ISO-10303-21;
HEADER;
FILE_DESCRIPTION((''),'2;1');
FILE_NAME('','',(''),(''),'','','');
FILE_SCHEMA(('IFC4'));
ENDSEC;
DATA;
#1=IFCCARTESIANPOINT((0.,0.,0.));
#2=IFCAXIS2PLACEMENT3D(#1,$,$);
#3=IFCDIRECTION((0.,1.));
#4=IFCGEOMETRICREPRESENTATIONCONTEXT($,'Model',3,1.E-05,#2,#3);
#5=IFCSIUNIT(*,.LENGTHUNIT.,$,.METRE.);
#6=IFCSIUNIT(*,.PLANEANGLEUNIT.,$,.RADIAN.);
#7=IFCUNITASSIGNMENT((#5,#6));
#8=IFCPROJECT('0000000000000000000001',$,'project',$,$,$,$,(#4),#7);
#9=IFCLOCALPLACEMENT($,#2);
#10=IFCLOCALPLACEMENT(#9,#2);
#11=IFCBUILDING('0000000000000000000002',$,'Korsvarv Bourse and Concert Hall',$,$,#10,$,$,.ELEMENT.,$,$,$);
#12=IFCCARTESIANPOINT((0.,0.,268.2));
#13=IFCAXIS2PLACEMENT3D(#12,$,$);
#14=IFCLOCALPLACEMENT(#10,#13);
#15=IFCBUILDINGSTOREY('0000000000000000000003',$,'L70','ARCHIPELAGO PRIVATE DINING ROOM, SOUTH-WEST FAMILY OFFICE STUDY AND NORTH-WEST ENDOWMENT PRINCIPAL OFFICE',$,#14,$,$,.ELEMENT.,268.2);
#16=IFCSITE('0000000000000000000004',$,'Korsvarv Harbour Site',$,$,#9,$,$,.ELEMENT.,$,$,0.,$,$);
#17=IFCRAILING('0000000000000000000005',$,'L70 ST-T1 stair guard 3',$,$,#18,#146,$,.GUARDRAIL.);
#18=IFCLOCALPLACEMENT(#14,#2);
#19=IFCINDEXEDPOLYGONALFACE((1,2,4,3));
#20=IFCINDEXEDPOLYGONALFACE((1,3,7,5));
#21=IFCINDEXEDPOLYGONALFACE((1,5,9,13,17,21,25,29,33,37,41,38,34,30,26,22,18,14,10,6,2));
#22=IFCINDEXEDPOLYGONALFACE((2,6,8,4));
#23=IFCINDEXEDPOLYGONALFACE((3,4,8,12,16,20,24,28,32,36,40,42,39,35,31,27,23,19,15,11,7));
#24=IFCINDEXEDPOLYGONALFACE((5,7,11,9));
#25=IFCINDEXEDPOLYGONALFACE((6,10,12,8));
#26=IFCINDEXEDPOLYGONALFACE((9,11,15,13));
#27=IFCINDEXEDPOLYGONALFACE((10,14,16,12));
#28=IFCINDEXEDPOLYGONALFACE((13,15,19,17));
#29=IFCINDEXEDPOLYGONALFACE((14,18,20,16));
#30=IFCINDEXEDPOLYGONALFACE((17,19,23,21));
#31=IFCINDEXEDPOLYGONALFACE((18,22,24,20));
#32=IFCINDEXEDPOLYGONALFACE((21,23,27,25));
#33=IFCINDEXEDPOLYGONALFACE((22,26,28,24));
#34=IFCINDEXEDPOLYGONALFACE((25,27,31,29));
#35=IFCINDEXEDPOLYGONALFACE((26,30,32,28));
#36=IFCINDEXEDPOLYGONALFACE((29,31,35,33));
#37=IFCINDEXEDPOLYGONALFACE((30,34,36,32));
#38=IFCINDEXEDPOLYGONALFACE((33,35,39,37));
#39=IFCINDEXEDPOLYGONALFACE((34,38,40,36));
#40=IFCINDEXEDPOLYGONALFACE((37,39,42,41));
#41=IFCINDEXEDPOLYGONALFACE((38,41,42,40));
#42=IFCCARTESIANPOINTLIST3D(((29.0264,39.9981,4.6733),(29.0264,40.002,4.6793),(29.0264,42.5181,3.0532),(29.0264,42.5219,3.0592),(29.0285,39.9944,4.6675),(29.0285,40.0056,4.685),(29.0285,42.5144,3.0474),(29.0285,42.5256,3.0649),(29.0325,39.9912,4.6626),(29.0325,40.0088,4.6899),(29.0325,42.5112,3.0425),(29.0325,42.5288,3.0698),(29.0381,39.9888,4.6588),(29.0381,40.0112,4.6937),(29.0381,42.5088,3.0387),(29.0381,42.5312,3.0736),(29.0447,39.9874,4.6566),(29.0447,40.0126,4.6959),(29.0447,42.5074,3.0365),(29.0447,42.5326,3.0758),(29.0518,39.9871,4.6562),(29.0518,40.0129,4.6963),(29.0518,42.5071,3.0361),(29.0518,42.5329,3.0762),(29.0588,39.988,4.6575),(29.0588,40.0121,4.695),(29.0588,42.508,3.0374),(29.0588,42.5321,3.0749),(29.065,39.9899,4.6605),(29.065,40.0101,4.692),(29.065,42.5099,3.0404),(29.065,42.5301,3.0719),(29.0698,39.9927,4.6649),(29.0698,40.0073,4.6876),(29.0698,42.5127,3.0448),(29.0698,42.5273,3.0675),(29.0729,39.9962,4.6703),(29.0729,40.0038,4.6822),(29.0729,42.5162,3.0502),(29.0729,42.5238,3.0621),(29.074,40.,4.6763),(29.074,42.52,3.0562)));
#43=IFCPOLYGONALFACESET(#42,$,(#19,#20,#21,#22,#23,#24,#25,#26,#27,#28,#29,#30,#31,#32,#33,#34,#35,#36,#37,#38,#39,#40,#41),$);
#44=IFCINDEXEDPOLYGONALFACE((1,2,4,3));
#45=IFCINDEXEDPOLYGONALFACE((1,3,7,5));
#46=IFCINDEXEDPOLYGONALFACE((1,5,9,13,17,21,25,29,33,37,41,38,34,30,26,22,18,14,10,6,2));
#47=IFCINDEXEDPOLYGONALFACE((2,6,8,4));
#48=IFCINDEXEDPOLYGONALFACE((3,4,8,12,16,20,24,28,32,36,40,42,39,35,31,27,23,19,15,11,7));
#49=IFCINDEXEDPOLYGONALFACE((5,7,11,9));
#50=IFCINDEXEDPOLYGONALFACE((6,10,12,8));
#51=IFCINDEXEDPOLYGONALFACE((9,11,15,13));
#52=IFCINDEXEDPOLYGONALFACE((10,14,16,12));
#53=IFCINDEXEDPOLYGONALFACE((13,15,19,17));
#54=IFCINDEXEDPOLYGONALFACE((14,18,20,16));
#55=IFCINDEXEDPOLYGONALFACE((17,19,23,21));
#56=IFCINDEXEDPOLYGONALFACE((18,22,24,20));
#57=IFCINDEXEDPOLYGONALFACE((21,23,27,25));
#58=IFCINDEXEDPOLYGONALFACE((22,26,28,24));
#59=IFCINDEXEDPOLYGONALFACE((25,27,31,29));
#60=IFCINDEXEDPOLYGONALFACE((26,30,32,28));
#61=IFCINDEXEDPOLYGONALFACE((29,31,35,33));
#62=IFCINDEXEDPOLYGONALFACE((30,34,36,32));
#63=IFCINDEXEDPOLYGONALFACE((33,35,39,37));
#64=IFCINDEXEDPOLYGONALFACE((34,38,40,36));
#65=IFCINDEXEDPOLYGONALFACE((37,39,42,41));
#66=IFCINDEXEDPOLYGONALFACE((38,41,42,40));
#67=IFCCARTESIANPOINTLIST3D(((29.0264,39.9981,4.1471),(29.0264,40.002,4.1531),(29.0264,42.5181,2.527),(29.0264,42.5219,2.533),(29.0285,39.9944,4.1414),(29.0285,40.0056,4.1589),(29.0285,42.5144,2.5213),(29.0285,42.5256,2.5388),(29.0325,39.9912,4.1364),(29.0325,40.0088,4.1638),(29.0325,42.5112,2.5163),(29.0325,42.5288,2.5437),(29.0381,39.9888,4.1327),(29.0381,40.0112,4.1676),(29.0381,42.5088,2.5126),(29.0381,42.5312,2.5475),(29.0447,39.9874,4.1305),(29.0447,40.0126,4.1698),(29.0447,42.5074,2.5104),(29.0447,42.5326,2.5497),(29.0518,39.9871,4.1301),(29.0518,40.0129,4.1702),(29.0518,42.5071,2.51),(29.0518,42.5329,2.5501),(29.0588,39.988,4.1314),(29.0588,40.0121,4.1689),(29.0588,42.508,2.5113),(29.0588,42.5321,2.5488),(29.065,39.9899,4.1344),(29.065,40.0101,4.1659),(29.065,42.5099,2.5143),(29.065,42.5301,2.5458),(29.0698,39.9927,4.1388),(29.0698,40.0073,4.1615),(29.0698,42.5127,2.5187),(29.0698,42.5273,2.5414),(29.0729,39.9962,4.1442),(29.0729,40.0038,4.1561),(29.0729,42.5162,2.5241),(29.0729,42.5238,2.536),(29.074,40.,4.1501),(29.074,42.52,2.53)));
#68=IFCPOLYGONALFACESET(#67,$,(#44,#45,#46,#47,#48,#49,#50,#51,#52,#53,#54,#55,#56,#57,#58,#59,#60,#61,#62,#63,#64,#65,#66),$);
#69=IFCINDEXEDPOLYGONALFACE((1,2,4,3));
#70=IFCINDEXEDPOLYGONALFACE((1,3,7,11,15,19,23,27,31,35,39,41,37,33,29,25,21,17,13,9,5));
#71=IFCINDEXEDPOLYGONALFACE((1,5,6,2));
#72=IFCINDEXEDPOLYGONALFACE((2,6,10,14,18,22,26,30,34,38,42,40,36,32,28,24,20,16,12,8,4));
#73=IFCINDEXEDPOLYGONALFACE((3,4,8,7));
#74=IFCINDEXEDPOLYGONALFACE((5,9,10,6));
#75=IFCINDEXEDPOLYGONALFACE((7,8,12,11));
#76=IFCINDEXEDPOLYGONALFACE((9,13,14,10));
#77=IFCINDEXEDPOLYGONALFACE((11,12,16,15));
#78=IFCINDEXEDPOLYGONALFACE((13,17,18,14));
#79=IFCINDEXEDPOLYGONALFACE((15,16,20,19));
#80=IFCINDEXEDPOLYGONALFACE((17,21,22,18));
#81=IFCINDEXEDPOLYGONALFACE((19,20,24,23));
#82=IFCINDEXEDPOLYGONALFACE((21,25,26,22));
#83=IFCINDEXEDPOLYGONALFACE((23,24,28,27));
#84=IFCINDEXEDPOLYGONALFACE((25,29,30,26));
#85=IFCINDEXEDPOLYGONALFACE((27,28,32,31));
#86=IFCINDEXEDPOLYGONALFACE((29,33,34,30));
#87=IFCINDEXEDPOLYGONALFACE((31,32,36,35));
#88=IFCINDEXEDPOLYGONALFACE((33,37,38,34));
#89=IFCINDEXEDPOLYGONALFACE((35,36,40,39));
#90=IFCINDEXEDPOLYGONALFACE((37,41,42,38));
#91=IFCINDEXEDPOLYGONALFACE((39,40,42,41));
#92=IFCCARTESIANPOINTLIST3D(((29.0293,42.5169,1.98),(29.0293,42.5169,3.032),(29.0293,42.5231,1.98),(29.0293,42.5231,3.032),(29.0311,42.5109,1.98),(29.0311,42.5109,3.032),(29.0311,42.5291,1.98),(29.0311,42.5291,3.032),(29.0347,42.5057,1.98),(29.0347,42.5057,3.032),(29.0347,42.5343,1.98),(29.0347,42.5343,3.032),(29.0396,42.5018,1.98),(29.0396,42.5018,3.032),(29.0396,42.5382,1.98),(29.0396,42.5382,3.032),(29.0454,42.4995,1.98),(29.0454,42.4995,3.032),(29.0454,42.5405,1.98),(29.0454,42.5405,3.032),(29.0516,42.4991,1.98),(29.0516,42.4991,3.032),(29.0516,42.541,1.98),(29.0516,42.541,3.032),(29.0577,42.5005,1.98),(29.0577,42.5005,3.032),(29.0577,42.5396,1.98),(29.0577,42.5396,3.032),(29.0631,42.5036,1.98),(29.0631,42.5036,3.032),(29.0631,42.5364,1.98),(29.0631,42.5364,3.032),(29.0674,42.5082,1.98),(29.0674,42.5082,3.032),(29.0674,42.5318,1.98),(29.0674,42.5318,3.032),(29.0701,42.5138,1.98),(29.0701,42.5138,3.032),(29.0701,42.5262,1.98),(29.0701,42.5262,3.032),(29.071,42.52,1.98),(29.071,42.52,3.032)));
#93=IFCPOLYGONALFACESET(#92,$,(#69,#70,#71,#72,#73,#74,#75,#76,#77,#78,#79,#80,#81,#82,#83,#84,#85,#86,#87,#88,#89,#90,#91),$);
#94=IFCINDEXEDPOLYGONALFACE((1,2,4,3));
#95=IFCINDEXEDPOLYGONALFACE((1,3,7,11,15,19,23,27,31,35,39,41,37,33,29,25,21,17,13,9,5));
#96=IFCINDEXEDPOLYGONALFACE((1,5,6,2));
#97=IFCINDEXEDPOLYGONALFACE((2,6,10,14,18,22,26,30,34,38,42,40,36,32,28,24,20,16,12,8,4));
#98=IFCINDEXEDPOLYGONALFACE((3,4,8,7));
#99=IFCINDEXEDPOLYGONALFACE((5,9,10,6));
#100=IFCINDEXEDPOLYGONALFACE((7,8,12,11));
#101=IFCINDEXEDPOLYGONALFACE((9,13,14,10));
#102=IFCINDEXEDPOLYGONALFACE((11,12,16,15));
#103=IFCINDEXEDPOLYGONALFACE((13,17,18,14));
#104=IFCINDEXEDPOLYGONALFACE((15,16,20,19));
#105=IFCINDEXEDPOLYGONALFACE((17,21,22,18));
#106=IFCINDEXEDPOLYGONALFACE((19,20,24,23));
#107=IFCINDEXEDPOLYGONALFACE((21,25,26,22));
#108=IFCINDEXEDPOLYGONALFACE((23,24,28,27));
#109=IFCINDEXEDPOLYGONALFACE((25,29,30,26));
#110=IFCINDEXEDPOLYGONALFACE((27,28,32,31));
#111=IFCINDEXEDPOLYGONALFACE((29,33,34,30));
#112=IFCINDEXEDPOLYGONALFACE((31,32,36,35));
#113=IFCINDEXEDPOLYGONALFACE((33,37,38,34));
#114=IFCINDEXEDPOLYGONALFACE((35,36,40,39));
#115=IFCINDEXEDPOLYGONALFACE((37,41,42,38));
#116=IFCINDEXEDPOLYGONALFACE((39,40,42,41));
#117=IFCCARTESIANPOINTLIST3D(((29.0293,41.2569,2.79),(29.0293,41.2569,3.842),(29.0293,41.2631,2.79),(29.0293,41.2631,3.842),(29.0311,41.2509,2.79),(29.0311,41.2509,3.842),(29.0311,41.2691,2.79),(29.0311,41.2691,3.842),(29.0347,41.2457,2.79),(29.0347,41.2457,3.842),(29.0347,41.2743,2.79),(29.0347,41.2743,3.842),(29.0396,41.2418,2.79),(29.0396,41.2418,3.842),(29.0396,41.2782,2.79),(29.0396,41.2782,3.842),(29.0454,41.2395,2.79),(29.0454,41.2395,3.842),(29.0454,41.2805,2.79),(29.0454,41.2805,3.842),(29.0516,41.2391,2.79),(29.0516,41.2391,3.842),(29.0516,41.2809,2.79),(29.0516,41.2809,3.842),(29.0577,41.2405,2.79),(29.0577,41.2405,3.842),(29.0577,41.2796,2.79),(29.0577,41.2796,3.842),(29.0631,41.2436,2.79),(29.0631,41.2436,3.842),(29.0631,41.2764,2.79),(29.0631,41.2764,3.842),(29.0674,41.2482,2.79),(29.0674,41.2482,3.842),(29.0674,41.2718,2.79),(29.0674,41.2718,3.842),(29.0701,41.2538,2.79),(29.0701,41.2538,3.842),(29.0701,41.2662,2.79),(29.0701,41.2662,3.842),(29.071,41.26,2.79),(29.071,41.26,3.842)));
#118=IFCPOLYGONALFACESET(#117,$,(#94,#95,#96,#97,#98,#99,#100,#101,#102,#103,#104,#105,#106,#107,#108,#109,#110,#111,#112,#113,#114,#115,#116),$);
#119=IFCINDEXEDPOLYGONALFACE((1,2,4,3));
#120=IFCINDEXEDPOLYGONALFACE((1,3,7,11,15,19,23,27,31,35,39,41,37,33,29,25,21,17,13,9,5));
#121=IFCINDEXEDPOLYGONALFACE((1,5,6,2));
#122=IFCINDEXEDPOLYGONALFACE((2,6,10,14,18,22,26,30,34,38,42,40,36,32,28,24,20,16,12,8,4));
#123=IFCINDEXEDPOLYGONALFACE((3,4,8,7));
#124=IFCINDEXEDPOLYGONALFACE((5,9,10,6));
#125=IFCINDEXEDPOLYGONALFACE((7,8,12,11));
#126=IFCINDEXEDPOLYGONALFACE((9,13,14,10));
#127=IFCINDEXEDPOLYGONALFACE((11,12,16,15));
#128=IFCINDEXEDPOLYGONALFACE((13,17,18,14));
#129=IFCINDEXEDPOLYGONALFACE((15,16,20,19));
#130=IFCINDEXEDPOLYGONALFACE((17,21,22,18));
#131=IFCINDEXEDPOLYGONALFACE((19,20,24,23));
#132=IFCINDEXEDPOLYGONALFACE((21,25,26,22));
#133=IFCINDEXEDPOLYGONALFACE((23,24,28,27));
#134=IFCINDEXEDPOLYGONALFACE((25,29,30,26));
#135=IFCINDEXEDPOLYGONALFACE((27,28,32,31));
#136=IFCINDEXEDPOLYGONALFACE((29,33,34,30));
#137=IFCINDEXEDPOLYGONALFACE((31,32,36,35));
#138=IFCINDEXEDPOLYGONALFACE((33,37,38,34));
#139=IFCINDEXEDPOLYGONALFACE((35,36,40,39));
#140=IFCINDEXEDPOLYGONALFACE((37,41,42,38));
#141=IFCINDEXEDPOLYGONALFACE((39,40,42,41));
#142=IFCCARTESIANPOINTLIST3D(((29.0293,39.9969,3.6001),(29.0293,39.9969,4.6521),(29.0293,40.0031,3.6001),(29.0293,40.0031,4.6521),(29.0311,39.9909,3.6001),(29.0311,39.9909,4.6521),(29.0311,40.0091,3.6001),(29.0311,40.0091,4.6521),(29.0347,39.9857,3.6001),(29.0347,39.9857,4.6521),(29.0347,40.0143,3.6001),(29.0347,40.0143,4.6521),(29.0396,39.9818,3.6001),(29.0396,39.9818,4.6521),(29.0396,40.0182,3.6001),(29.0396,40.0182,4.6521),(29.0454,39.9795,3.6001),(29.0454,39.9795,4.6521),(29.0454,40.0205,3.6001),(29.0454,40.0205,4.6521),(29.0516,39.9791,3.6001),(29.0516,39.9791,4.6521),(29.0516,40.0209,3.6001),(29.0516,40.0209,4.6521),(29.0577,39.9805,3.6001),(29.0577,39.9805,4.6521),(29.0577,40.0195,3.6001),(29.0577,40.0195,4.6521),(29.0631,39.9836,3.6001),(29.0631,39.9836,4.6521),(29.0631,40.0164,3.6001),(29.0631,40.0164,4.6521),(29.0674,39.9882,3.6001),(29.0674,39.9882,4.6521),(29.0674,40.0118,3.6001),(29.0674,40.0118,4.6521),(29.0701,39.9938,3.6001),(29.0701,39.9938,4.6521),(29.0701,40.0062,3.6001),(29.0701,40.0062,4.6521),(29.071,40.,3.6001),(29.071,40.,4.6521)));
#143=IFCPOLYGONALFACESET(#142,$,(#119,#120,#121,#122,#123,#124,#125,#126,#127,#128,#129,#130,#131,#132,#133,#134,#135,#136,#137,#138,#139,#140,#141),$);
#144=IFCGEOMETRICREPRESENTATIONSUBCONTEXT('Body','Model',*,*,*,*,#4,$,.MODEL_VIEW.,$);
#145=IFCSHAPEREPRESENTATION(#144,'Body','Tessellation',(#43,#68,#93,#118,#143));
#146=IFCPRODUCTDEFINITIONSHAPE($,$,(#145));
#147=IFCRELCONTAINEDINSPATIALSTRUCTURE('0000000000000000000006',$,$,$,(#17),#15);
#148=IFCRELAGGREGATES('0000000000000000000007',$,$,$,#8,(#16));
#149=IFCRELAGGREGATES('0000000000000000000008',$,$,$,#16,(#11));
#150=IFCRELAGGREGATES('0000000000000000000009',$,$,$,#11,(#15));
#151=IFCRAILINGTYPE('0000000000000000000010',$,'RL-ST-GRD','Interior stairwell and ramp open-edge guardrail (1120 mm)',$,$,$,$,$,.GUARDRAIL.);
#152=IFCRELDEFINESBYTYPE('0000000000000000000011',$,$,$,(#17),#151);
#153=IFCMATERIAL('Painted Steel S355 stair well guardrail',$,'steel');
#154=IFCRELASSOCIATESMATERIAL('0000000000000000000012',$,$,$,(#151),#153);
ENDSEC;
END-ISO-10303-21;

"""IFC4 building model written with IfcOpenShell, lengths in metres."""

from ifc_helpers import new_model, si_unit, direction, frame, origin, origin_2d, place, context, subcontext, project, spatial, circle, extrude, material, type_object, element, save


model = new_model("IFC4")

# Units and contexts
model_context = context("Model", 3, precision=1e-05, world=origin(), true_north=direction((0.0, 1.0)))
body_context = subcontext(model_context, "Body", "Model", "MODEL_VIEW")
ifc_project = project(units=[si_unit("LENGTHUNIT", "METRE"), si_unit("PLANEANGLEUNIT", "RADIAN")], contexts=[model_context])

# Site, building, storey
site_placement = place(None, origin())
site = spatial("IfcSite", under=ifc_project, at=site_placement, Name="Korsvarv Harbour Site", CompositionType="ELEMENT", RefElevation=0.0)
building_placement = place(site_placement, origin())
building = spatial("IfcBuilding", under=site, at=building_placement, Name="Korsvarv Bourse and Concert Hall", CompositionType="ELEMENT")
storey_placement = place(building_placement, frame((0.0, 0.0, 268.2)))
storey = spatial("IfcBuildingStorey", under=building, at=storey_placement, Name="L70", Description="ARCHIPELAGO PRIVATE DINING ROOM, SOUTH-WEST FAMILY OFFICE STUDY AND NORTH-WEST ENDOWMENT PRINCIPAL OFFICE", CompositionType="ELEMENT", Elevation=268.2)

# Railing
ifc_material_1 = material(Name="Painted Steel S355 stair well guardrail", Category="steel")
railing_type_1 = type_object("IfcRailingType", Name="RL-ST-GRD", Description="Interior stairwell and ramp open-edge guardrail (1120 mm)", PredefinedType="GUARDRAIL", material=ifc_material_1)
railing_1_placement = place(storey_placement, frame((29.05, 42.52, 1.98)))
element("IfcRailing", 1, at=railing_1_placement, inside=storey, type_object=railing_type_1, Name="L70 ST-T1 stair guard 3", PredefinedType="GUARDRAIL", context=body_context, shape_type="SweptSolid", body=[
    extrude(circle(Radius=0.0239, at=origin_2d()), frame((0.0, 0.0, 1.0762), z_axis=(0.0, -0.841163, 0.540782), x_axis=(1.0, 0.0, 0.0)), (0.0, 0.0, 1.0), 2.9958),
    extrude(circle(Radius=0.0239, at=origin_2d()), frame((0.0, 0.0, 0.55), z_axis=(0.0, -0.841163, 0.540782), x_axis=(1.0, 0.0, 0.0)), (0.0, 0.0, 1.0), 2.9958),
    extrude(circle(Radius=0.021, at=origin_2d()), origin(), (0.0, 0.0, 1.0), 1.052),
    extrude(circle(Radius=0.021, at=origin_2d()), frame((0.0, -1.26, 0.8101)), (0.0, 0.0, 1.0), 1.052),
    extrude(circle(Radius=0.021, at=origin_2d()), frame((0.0, -2.52, 1.6201)), (0.0, 0.0, 1.0), 1.052),
])

save(model, "model.ifc")
